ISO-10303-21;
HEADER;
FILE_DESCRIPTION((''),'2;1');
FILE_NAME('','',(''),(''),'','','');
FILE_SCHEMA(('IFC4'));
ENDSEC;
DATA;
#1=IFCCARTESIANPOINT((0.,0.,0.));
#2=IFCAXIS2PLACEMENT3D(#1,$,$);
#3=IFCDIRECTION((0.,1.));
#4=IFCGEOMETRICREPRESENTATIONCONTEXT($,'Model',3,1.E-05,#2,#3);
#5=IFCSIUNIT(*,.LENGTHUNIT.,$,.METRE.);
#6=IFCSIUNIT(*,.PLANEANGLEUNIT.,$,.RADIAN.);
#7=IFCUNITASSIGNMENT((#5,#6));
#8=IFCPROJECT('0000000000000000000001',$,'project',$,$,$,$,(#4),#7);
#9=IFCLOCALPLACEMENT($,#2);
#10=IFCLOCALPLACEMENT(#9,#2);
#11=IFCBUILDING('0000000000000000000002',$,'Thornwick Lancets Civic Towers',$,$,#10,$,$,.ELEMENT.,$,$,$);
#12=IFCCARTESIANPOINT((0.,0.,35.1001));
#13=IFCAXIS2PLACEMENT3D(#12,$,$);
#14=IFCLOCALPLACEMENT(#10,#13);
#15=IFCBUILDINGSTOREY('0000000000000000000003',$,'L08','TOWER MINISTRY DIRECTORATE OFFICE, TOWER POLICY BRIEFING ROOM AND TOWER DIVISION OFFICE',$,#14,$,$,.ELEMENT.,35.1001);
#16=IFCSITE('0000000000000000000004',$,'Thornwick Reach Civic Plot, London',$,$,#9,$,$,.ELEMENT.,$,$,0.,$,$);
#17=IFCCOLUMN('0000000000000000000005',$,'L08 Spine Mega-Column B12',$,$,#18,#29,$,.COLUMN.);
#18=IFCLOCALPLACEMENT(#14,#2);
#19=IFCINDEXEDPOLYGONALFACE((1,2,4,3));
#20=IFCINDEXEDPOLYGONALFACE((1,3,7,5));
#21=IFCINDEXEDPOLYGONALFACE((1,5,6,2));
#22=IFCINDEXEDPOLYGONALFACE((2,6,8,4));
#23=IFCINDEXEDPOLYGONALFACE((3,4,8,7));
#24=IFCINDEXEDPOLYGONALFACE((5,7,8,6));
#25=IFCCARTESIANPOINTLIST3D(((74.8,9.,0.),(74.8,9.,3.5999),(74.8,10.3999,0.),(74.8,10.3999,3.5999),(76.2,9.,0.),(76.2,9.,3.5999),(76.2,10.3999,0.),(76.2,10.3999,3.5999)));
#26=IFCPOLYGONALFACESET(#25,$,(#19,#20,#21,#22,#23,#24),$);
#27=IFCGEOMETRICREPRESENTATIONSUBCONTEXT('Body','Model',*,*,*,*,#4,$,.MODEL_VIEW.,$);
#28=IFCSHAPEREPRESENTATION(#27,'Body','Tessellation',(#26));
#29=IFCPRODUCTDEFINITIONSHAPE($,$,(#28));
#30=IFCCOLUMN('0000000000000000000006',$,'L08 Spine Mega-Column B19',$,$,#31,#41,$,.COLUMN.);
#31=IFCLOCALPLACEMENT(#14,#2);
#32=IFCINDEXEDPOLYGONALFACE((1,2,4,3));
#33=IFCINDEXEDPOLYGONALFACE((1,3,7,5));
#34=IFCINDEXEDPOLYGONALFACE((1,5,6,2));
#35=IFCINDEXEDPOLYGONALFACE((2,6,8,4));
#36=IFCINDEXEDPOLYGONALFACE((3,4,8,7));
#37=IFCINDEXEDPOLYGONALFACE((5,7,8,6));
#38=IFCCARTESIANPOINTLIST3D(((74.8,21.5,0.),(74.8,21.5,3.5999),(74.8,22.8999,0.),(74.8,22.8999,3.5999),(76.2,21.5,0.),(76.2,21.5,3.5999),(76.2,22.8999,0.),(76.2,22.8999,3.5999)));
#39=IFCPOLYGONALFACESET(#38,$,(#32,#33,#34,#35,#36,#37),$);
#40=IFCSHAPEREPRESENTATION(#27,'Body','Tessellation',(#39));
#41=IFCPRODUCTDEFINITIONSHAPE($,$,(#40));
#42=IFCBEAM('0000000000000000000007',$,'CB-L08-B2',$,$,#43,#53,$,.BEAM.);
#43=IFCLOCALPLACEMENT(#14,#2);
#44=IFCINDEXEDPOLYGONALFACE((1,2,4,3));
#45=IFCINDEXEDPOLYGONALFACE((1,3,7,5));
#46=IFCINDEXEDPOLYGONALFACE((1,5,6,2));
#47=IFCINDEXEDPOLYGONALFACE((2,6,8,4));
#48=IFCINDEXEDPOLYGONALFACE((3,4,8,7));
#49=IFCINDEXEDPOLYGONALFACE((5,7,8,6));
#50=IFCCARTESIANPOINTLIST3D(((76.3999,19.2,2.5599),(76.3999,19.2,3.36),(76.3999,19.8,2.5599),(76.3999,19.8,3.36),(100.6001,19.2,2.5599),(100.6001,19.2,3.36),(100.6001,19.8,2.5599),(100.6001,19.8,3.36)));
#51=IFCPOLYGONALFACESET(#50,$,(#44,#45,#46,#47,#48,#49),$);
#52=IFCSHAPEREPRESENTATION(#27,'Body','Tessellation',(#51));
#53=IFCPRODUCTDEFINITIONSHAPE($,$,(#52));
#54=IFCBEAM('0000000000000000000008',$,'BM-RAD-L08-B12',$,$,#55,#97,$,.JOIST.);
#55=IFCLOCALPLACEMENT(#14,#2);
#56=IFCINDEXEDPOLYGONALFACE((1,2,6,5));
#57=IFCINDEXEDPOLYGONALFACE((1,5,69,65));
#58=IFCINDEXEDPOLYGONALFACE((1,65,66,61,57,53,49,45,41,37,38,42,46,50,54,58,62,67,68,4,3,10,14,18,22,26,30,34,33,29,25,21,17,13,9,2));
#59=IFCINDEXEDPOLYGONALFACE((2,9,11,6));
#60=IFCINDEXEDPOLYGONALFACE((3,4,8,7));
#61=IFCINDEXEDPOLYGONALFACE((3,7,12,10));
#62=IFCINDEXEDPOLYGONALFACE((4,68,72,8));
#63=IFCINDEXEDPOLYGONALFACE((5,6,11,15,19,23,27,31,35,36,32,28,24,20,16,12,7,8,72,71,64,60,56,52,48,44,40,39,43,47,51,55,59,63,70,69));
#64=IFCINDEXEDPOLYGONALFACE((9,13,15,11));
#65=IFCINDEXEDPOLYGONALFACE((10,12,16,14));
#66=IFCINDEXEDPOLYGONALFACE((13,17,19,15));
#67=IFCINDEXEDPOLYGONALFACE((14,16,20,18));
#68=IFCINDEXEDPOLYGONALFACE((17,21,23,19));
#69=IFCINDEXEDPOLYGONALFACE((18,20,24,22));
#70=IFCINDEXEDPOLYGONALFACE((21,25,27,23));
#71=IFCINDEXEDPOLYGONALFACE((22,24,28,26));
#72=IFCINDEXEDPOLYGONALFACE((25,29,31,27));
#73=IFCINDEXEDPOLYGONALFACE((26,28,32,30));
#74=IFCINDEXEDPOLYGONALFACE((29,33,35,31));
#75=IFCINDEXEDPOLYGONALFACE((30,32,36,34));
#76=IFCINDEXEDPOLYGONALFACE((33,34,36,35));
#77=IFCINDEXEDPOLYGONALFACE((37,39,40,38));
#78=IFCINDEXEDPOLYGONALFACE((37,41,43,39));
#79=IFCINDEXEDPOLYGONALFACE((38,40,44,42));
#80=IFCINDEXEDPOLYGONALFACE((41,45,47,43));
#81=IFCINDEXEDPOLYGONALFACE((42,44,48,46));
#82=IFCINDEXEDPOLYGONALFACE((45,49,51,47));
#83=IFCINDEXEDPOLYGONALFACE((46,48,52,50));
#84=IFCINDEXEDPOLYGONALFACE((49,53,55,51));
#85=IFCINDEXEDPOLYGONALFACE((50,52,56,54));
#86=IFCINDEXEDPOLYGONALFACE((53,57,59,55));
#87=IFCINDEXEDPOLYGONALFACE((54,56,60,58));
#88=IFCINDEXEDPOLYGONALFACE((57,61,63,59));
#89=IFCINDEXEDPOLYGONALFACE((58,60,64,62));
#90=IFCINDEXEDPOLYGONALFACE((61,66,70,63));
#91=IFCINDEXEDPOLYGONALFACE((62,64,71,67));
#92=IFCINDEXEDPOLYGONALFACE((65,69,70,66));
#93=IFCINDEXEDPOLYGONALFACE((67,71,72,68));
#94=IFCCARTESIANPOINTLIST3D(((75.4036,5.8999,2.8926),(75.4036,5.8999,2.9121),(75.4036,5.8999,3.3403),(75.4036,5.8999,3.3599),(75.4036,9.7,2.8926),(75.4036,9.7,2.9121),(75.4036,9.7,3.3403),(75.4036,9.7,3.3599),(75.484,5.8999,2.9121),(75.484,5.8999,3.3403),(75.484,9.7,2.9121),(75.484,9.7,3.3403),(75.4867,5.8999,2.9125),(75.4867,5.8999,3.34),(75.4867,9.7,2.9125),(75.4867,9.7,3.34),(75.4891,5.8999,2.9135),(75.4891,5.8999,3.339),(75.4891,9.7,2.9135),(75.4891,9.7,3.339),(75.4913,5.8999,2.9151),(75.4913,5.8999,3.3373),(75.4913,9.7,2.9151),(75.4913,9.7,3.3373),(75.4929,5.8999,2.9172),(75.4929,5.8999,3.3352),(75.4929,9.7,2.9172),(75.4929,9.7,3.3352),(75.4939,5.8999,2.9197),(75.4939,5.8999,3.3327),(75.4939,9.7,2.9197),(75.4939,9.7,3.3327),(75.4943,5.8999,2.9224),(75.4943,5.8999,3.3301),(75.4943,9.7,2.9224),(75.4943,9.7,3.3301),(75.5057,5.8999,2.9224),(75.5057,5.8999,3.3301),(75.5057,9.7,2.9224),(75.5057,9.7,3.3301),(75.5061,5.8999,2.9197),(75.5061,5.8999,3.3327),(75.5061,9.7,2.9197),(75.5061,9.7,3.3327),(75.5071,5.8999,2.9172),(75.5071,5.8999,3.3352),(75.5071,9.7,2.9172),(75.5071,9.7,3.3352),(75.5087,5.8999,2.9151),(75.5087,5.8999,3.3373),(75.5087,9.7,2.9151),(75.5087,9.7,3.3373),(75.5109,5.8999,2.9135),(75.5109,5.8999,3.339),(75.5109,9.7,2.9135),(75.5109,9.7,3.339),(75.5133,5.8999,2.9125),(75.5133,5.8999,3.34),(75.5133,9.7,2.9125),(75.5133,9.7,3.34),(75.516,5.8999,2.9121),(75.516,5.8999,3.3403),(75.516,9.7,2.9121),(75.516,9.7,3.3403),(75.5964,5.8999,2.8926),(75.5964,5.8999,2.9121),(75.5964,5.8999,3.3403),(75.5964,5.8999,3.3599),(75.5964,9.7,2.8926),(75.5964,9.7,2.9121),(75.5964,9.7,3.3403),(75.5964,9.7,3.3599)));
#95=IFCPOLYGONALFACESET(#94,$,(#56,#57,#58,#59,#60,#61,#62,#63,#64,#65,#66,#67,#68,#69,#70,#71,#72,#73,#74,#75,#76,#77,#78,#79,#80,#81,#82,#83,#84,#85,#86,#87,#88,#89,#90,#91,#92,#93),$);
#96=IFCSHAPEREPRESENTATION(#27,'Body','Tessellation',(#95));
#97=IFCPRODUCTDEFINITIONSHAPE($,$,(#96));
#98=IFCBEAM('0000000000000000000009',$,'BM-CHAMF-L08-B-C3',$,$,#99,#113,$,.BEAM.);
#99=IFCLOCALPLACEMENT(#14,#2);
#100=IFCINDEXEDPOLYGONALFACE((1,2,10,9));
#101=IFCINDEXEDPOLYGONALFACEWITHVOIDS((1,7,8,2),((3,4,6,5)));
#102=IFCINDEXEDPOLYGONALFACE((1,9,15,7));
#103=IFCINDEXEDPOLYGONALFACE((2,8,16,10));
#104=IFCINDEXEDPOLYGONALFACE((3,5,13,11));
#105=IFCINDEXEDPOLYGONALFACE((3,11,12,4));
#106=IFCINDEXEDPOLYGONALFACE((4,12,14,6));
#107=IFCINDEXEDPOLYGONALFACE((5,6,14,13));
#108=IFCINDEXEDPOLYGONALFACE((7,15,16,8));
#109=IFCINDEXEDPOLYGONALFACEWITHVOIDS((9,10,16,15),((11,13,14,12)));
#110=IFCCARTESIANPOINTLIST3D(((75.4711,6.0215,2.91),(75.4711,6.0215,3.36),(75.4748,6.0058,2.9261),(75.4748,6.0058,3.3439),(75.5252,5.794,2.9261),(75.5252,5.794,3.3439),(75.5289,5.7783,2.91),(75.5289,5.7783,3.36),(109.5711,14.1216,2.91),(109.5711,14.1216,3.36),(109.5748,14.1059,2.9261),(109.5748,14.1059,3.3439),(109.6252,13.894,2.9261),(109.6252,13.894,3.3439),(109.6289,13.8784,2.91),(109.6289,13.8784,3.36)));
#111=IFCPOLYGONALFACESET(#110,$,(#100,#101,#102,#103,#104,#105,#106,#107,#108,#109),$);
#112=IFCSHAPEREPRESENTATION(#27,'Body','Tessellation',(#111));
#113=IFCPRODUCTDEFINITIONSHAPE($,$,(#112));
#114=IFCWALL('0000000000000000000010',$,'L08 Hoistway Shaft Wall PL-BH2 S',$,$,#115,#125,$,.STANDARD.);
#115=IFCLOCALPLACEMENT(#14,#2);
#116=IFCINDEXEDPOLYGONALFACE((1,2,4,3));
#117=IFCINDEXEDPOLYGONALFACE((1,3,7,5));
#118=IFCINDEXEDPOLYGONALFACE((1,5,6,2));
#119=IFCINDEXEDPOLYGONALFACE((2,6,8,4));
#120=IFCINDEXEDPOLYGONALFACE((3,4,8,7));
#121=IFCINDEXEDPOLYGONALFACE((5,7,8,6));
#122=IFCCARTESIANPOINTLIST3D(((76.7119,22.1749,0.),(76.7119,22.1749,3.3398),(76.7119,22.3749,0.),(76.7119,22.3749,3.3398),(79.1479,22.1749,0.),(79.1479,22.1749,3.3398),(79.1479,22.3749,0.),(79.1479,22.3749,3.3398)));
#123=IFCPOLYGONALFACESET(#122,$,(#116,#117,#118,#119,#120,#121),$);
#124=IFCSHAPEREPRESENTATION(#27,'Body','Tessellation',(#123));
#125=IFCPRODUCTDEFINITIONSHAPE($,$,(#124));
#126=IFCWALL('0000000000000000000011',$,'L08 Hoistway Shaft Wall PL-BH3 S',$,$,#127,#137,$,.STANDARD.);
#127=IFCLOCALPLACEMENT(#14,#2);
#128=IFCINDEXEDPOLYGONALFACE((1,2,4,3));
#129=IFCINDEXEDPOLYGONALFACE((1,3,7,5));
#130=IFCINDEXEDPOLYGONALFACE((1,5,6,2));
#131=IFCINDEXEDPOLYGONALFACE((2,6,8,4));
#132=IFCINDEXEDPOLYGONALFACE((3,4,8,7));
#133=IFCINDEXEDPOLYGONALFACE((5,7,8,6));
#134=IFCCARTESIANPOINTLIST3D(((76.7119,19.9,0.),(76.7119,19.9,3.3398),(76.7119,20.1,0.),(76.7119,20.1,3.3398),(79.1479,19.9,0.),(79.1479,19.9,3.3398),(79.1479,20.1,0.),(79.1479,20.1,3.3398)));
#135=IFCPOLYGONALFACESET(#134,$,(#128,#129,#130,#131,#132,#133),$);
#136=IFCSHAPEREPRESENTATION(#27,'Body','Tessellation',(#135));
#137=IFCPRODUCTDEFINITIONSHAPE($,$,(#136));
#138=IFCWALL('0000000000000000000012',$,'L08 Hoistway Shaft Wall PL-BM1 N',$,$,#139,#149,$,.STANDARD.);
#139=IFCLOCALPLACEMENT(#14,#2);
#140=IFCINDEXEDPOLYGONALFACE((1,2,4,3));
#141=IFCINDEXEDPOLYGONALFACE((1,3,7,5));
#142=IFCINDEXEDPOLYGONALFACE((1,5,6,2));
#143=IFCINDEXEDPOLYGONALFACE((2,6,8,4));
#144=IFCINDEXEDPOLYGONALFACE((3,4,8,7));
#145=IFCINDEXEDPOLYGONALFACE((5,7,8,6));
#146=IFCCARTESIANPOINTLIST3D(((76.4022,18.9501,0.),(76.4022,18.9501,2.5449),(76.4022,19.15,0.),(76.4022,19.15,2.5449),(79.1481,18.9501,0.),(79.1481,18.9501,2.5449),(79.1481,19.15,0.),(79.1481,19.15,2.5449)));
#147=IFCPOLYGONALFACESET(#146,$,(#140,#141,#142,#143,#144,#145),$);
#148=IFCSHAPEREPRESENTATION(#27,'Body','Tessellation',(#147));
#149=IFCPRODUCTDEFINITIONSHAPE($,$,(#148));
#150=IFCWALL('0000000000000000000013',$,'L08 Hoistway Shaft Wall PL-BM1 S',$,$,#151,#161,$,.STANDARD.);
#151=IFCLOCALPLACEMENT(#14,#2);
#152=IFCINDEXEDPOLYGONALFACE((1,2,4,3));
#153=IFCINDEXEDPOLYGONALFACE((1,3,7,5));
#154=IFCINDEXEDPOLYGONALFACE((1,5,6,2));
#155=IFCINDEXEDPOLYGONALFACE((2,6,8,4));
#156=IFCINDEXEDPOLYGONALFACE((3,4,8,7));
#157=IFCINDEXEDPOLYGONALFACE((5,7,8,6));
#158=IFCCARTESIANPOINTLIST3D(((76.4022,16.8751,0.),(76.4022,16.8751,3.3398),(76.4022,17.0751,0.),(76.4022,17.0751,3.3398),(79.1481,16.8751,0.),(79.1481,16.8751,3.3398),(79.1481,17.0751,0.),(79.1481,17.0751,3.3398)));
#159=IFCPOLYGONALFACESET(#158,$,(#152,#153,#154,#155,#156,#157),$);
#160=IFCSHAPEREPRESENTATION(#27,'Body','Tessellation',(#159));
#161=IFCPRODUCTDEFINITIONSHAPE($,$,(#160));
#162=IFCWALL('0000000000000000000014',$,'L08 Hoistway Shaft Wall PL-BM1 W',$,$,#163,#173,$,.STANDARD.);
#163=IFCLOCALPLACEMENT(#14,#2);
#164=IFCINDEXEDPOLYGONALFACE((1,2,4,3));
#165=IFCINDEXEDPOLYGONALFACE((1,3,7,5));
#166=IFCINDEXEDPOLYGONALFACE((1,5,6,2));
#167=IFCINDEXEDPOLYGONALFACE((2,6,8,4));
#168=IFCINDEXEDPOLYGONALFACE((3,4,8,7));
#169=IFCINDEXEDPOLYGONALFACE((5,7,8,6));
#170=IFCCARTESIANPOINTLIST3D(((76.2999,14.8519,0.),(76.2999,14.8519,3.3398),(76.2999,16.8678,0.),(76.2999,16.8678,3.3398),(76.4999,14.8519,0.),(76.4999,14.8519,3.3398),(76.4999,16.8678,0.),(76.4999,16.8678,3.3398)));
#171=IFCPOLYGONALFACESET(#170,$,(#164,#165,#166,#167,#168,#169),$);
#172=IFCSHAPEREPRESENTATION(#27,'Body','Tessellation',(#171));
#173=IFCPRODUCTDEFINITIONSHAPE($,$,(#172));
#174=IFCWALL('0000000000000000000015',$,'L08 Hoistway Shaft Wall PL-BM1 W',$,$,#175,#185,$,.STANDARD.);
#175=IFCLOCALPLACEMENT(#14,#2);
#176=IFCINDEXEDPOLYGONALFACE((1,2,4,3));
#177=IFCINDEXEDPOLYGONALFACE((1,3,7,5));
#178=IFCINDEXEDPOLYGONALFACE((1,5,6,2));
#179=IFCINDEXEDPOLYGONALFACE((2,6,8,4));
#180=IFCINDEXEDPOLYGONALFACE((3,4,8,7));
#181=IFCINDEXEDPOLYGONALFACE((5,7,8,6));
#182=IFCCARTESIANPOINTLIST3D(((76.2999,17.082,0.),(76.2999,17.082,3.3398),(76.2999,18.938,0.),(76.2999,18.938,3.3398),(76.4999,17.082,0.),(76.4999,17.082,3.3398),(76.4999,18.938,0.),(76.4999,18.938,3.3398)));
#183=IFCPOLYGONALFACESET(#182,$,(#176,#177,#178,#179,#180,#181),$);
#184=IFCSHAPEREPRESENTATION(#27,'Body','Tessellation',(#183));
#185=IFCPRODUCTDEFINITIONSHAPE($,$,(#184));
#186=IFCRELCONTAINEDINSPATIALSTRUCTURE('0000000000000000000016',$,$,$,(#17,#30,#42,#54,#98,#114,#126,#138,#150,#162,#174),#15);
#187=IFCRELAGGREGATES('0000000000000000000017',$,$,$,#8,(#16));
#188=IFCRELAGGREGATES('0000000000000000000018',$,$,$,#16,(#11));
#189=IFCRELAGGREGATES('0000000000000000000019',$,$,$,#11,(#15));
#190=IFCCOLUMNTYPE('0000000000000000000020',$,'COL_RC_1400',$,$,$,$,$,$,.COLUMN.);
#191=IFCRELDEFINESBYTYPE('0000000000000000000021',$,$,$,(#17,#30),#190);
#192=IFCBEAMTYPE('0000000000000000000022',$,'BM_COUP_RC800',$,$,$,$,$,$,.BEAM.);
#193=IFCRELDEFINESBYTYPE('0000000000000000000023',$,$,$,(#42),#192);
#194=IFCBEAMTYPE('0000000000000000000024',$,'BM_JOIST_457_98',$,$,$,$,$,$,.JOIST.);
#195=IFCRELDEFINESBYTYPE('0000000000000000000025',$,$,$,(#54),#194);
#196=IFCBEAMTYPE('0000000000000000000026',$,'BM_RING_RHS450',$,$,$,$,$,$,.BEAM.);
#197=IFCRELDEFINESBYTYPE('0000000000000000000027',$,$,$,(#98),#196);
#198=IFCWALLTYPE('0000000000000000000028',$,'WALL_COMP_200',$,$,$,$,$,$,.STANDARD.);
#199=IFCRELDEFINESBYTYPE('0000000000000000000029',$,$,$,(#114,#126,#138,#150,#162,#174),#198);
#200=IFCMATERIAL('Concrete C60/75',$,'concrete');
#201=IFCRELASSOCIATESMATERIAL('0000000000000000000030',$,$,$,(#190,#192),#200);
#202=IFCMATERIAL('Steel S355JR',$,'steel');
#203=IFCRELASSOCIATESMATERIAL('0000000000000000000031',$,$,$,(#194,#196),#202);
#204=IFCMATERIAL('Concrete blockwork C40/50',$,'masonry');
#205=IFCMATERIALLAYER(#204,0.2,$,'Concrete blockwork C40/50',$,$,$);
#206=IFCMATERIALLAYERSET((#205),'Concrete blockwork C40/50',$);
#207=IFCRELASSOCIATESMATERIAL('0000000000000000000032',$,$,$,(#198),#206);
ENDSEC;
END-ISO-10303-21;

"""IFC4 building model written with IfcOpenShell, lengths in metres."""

from ifc_helpers import new_model, si_unit, direction, frame, frame_2d, origin, origin_2d, place, context, subcontext, project, spatial, rectangle, hollow_rectangle, i_section, extrude, material, layer, layer_set, material_profile, profile_set, type_object, element, save


model = new_model("IFC4")

# Units and contexts
model_context = context("Model", 3, precision=1e-05, world=origin(), true_north=direction((0.0, 1.0)))
body_context = subcontext(model_context, "Body", "Model", "MODEL_VIEW")
ifc_project = project(units=[si_unit("LENGTHUNIT", "METRE"), si_unit("PLANEANGLEUNIT", "RADIAN")], contexts=[model_context])

# Site, building, storey
site_placement = place(None, origin())
site = spatial("IfcSite", under=ifc_project, at=site_placement, Name="Thornwick Reach Civic Plot, London", CompositionType="ELEMENT", RefElevation=0.0)
building_placement = place(site_placement, origin())
building = spatial("IfcBuilding", under=site, at=building_placement, Name="Thornwick Lancets Civic Towers", CompositionType="ELEMENT")
storey_placement = place(building_placement, frame((0.0, 0.0, 35.1001)))
storey = spatial("IfcBuildingStorey", under=building, at=storey_placement, Name="L08", Description="TOWER MINISTRY DIRECTORATE OFFICE, TOWER POLICY BRIEFING ROOM AND TOWER DIVISION OFFICE", CompositionType="ELEMENT", Elevation=35.1001)

# Columns
ifc_material_1 = material(Name="Concrete C60/75", Category="concrete")
ifc_material_profile_1 = material_profile(ifc_material_1, rectangle(XDim=1.3999, YDim=1.3999, at=origin_2d()), Name="RC 1400x1400")
ifc_profile_set_1 = profile_set([ifc_material_profile_1], Name="Concrete C60/75")
column_type = type_object("IfcColumnType", Name="COL_RC_1400", PredefinedType="COLUMN", material=ifc_profile_set_1)
for number, where, z_axis, x_axis, name in (
    (1, (75.5, 9.7, 0.0), (0.0, 0.0, 1.0), (1.0, 0.0, 0.0), "L08 Spine Mega-Column B12"),
    (2, (75.5, 22.2, 0.0), (0.0, 0.0, 1.0), (1.0, 0.0, 0.0), "L08 Spine Mega-Column B19"),
):
    element("IfcColumn", number, at=place(storey_placement, frame(where, z_axis=z_axis, x_axis=x_axis)), inside=storey, type_object=column_type, Name=name, PredefinedType="COLUMN", context=body_context, shape_type="SweptSolid", body=[
        extrude(rectangle(XDim=1.3999, YDim=1.3999, at=origin_2d()), origin(), (0.0, 0.0, 1.0), 3.5999),
    ])

# Beams
ifc_material_profile_2 = material_profile(ifc_material_1, rectangle(XDim=0.6001, YDim=0.8, at=origin_2d()), Name="RC 600x800")
ifc_profile_set_2 = profile_set([ifc_material_profile_2], Name="Concrete C60/75")
beam_type_1 = type_object("IfcBeamType", Name="BM_COUP_RC800", PredefinedType="BEAM", material=ifc_profile_set_2)
beam_1_placement = place(storey_placement, frame((76.3999, 19.5, 2.96), z_axis=(1.0, 0.0, 0.0), x_axis=(0.0, 1.0, 0.0)))
element("IfcBeam", 3, at=beam_1_placement, inside=storey, type_object=beam_type_1, Name="CB-L08-B2", PredefinedType="BEAM", context=body_context, shape_type="SweptSolid", body=[
    extrude(rectangle(XDim=0.6001, YDim=0.8, at=origin_2d()), origin(), (0.0, 0.0, 1.0), 24.2002),
])
ifc_material_2 = material(Name="Steel S355JR", Category="steel")
ifc_material_profile_3 = material_profile(ifc_material_2, i_section(OverallWidth=0.1929, OverallDepth=0.4673, WebThickness=0.0115, FlangeThickness=0.0195, FilletRadius=0.0103, at=origin_2d()), Name="UKB 457x191x98")
ifc_profile_set_3 = profile_set([ifc_material_profile_3], Name="Steel S355JR")
beam_type_2 = type_object("IfcBeamType", Name="BM_JOIST_457_98", PredefinedType="JOIST", material=ifc_profile_set_3)
beam_2_placement = place(storey_placement, frame((75.5, 9.7, 3.1262), z_axis=(0.0, -1.0, 0.0), x_axis=(1.0, 0.0, 0.0)))
element("IfcBeam", 4, at=beam_2_placement, inside=storey, type_object=beam_type_2, Name="BM-RAD-L08-B12", PredefinedType="JOIST", context=body_context, shape_type="SweptSolid", body=[
    extrude(i_section(OverallWidth=0.1929, OverallDepth=0.4673, WebThickness=0.0115, FlangeThickness=0.0195, FilletRadius=0.0103, at=origin_2d()), origin(), (0.0, 0.0, 1.0), 3.8),
])
ifc_material_profile_4 = material_profile(ifc_material_2, hollow_rectangle(XDim=0.25, YDim=0.45, WallThickness=0.0161, at=origin_2d()), Name="RHS 450x250x16")
ifc_profile_set_4 = profile_set([ifc_material_profile_4], Name="Steel S355JR")
beam_type_3 = type_object("IfcBeamType", Name="BM_RING_RHS450", PredefinedType="BEAM", material=ifc_profile_set_4)
beam_3_placement = place(storey_placement, frame((75.5, 5.8999, 3.135), z_axis=(0.972928, 0.231108, 0.0), x_axis=(-0.231108, 0.972928, 0.0)))
element("IfcBeam", 5, at=beam_3_placement, inside=storey, type_object=beam_type_3, Name="BM-CHAMF-L08-B-C3", PredefinedType="BEAM", context=body_context, shape_type="SweptSolid", body=[
    extrude(hollow_rectangle(XDim=0.25, YDim=0.45, WallThickness=0.0161, at=origin_2d()), origin(), (0.0, 0.0, 1.0), 35.0488),
])

# Walls
ifc_material_3 = material(Name="Concrete blockwork C40/50", Category="masonry")
ifc_layer_1 = layer(ifc_material_3, 0.2, Name="Concrete blockwork C40/50")
ifc_layer_set_1 = layer_set([ifc_layer_1], Name="Concrete blockwork C40/50")
wall_type_1 = type_object("IfcWallType", Name="WALL_COMP_200", PredefinedType="STANDARD", material=ifc_layer_set_1)
for number, where, z_axis, x_axis, name in (
    (6, (76.7119, 22.2749, 0.0), (0.0, 0.0, 1.0), (1.0, 0.0, 0.0), "L08 Hoistway Shaft Wall PL-BH2 S"),
    (7, (76.7119, 20.0, 0.0), (0.0, 0.0, 1.0), (1.0, 0.0, 0.0), "L08 Hoistway Shaft Wall PL-BH3 S"),
):
    element("IfcWall", number, at=place(storey_placement, frame(where, z_axis=z_axis, x_axis=x_axis)), inside=storey, type_object=wall_type_1, Name=name, PredefinedType="STANDARD", context=body_context, shape_type="SweptSolid", body=[
        extrude(rectangle(XDim=2.436, YDim=0.2, at=frame_2d((1.218, 0.0))), origin(), (0.0, 0.0, 1.0), 3.3398),
    ])
wall_1_placement = place(storey_placement, frame((76.4021, 19.05, 0.0), z_axis=(0.0, 0.0, 1.0), x_axis=(1.0, 0.0, 0.0)))
element("IfcWall", 8, at=wall_1_placement, inside=storey, type_object=wall_type_1, Name="L08 Hoistway Shaft Wall PL-BM1 N", PredefinedType="STANDARD", context=body_context, shape_type="SweptSolid", body=[
    extrude(rectangle(XDim=2.7458, YDim=0.2, at=frame_2d((1.373, 0.0))), origin(), (0.0, 0.0, 1.0), 2.5449),
])
wall_2_placement = place(storey_placement, frame((76.4021, 16.9751, 0.0), z_axis=(0.0, 0.0, 1.0), x_axis=(1.0, 0.0, 0.0)))
element("IfcWall", 9, at=wall_2_placement, inside=storey, type_object=wall_type_1, Name="L08 Hoistway Shaft Wall PL-BM1 S", PredefinedType="STANDARD", context=body_context, shape_type="SweptSolid", body=[
    extrude(rectangle(XDim=2.7458, YDim=0.2, at=frame_2d((1.373, 0.0))), origin(), (0.0, 0.0, 1.0), 3.3398),
])
wall_3_placement = place(storey_placement, frame((76.3999, 14.8521, 0.0), z_axis=(0.0, 0.0, 1.0), x_axis=(0.0, 1.0, 0.0)))
element("IfcWall", 10, at=wall_3_placement, inside=storey, type_object=wall_type_1, Name="L08 Hoistway Shaft Wall PL-BM1 W", PredefinedType="STANDARD", context=body_context, shape_type="SweptSolid", body=[
    extrude(rectangle(XDim=2.0159, YDim=0.2, at=frame_2d((1.0078, 0.0))), origin(), (0.0, 0.0, 1.0), 3.3398),
])
wall_4_placement = place(storey_placement, frame((76.3999, 17.082, 0.0), z_axis=(0.0, 0.0, 1.0), x_axis=(0.0, 1.0, 0.0)))
element("IfcWall", 11, at=wall_4_placement, inside=storey, type_object=wall_type_1, Name="L08 Hoistway Shaft Wall PL-BM1 W", PredefinedType="STANDARD", context=body_context, shape_type="SweptSolid", body=[
    extrude(rectangle(XDim=1.856, YDim=0.2, at=frame_2d((0.928, 0.0))), origin(), (0.0, 0.0, 1.0), 3.3398),
])

save(model, "model.ifc")
